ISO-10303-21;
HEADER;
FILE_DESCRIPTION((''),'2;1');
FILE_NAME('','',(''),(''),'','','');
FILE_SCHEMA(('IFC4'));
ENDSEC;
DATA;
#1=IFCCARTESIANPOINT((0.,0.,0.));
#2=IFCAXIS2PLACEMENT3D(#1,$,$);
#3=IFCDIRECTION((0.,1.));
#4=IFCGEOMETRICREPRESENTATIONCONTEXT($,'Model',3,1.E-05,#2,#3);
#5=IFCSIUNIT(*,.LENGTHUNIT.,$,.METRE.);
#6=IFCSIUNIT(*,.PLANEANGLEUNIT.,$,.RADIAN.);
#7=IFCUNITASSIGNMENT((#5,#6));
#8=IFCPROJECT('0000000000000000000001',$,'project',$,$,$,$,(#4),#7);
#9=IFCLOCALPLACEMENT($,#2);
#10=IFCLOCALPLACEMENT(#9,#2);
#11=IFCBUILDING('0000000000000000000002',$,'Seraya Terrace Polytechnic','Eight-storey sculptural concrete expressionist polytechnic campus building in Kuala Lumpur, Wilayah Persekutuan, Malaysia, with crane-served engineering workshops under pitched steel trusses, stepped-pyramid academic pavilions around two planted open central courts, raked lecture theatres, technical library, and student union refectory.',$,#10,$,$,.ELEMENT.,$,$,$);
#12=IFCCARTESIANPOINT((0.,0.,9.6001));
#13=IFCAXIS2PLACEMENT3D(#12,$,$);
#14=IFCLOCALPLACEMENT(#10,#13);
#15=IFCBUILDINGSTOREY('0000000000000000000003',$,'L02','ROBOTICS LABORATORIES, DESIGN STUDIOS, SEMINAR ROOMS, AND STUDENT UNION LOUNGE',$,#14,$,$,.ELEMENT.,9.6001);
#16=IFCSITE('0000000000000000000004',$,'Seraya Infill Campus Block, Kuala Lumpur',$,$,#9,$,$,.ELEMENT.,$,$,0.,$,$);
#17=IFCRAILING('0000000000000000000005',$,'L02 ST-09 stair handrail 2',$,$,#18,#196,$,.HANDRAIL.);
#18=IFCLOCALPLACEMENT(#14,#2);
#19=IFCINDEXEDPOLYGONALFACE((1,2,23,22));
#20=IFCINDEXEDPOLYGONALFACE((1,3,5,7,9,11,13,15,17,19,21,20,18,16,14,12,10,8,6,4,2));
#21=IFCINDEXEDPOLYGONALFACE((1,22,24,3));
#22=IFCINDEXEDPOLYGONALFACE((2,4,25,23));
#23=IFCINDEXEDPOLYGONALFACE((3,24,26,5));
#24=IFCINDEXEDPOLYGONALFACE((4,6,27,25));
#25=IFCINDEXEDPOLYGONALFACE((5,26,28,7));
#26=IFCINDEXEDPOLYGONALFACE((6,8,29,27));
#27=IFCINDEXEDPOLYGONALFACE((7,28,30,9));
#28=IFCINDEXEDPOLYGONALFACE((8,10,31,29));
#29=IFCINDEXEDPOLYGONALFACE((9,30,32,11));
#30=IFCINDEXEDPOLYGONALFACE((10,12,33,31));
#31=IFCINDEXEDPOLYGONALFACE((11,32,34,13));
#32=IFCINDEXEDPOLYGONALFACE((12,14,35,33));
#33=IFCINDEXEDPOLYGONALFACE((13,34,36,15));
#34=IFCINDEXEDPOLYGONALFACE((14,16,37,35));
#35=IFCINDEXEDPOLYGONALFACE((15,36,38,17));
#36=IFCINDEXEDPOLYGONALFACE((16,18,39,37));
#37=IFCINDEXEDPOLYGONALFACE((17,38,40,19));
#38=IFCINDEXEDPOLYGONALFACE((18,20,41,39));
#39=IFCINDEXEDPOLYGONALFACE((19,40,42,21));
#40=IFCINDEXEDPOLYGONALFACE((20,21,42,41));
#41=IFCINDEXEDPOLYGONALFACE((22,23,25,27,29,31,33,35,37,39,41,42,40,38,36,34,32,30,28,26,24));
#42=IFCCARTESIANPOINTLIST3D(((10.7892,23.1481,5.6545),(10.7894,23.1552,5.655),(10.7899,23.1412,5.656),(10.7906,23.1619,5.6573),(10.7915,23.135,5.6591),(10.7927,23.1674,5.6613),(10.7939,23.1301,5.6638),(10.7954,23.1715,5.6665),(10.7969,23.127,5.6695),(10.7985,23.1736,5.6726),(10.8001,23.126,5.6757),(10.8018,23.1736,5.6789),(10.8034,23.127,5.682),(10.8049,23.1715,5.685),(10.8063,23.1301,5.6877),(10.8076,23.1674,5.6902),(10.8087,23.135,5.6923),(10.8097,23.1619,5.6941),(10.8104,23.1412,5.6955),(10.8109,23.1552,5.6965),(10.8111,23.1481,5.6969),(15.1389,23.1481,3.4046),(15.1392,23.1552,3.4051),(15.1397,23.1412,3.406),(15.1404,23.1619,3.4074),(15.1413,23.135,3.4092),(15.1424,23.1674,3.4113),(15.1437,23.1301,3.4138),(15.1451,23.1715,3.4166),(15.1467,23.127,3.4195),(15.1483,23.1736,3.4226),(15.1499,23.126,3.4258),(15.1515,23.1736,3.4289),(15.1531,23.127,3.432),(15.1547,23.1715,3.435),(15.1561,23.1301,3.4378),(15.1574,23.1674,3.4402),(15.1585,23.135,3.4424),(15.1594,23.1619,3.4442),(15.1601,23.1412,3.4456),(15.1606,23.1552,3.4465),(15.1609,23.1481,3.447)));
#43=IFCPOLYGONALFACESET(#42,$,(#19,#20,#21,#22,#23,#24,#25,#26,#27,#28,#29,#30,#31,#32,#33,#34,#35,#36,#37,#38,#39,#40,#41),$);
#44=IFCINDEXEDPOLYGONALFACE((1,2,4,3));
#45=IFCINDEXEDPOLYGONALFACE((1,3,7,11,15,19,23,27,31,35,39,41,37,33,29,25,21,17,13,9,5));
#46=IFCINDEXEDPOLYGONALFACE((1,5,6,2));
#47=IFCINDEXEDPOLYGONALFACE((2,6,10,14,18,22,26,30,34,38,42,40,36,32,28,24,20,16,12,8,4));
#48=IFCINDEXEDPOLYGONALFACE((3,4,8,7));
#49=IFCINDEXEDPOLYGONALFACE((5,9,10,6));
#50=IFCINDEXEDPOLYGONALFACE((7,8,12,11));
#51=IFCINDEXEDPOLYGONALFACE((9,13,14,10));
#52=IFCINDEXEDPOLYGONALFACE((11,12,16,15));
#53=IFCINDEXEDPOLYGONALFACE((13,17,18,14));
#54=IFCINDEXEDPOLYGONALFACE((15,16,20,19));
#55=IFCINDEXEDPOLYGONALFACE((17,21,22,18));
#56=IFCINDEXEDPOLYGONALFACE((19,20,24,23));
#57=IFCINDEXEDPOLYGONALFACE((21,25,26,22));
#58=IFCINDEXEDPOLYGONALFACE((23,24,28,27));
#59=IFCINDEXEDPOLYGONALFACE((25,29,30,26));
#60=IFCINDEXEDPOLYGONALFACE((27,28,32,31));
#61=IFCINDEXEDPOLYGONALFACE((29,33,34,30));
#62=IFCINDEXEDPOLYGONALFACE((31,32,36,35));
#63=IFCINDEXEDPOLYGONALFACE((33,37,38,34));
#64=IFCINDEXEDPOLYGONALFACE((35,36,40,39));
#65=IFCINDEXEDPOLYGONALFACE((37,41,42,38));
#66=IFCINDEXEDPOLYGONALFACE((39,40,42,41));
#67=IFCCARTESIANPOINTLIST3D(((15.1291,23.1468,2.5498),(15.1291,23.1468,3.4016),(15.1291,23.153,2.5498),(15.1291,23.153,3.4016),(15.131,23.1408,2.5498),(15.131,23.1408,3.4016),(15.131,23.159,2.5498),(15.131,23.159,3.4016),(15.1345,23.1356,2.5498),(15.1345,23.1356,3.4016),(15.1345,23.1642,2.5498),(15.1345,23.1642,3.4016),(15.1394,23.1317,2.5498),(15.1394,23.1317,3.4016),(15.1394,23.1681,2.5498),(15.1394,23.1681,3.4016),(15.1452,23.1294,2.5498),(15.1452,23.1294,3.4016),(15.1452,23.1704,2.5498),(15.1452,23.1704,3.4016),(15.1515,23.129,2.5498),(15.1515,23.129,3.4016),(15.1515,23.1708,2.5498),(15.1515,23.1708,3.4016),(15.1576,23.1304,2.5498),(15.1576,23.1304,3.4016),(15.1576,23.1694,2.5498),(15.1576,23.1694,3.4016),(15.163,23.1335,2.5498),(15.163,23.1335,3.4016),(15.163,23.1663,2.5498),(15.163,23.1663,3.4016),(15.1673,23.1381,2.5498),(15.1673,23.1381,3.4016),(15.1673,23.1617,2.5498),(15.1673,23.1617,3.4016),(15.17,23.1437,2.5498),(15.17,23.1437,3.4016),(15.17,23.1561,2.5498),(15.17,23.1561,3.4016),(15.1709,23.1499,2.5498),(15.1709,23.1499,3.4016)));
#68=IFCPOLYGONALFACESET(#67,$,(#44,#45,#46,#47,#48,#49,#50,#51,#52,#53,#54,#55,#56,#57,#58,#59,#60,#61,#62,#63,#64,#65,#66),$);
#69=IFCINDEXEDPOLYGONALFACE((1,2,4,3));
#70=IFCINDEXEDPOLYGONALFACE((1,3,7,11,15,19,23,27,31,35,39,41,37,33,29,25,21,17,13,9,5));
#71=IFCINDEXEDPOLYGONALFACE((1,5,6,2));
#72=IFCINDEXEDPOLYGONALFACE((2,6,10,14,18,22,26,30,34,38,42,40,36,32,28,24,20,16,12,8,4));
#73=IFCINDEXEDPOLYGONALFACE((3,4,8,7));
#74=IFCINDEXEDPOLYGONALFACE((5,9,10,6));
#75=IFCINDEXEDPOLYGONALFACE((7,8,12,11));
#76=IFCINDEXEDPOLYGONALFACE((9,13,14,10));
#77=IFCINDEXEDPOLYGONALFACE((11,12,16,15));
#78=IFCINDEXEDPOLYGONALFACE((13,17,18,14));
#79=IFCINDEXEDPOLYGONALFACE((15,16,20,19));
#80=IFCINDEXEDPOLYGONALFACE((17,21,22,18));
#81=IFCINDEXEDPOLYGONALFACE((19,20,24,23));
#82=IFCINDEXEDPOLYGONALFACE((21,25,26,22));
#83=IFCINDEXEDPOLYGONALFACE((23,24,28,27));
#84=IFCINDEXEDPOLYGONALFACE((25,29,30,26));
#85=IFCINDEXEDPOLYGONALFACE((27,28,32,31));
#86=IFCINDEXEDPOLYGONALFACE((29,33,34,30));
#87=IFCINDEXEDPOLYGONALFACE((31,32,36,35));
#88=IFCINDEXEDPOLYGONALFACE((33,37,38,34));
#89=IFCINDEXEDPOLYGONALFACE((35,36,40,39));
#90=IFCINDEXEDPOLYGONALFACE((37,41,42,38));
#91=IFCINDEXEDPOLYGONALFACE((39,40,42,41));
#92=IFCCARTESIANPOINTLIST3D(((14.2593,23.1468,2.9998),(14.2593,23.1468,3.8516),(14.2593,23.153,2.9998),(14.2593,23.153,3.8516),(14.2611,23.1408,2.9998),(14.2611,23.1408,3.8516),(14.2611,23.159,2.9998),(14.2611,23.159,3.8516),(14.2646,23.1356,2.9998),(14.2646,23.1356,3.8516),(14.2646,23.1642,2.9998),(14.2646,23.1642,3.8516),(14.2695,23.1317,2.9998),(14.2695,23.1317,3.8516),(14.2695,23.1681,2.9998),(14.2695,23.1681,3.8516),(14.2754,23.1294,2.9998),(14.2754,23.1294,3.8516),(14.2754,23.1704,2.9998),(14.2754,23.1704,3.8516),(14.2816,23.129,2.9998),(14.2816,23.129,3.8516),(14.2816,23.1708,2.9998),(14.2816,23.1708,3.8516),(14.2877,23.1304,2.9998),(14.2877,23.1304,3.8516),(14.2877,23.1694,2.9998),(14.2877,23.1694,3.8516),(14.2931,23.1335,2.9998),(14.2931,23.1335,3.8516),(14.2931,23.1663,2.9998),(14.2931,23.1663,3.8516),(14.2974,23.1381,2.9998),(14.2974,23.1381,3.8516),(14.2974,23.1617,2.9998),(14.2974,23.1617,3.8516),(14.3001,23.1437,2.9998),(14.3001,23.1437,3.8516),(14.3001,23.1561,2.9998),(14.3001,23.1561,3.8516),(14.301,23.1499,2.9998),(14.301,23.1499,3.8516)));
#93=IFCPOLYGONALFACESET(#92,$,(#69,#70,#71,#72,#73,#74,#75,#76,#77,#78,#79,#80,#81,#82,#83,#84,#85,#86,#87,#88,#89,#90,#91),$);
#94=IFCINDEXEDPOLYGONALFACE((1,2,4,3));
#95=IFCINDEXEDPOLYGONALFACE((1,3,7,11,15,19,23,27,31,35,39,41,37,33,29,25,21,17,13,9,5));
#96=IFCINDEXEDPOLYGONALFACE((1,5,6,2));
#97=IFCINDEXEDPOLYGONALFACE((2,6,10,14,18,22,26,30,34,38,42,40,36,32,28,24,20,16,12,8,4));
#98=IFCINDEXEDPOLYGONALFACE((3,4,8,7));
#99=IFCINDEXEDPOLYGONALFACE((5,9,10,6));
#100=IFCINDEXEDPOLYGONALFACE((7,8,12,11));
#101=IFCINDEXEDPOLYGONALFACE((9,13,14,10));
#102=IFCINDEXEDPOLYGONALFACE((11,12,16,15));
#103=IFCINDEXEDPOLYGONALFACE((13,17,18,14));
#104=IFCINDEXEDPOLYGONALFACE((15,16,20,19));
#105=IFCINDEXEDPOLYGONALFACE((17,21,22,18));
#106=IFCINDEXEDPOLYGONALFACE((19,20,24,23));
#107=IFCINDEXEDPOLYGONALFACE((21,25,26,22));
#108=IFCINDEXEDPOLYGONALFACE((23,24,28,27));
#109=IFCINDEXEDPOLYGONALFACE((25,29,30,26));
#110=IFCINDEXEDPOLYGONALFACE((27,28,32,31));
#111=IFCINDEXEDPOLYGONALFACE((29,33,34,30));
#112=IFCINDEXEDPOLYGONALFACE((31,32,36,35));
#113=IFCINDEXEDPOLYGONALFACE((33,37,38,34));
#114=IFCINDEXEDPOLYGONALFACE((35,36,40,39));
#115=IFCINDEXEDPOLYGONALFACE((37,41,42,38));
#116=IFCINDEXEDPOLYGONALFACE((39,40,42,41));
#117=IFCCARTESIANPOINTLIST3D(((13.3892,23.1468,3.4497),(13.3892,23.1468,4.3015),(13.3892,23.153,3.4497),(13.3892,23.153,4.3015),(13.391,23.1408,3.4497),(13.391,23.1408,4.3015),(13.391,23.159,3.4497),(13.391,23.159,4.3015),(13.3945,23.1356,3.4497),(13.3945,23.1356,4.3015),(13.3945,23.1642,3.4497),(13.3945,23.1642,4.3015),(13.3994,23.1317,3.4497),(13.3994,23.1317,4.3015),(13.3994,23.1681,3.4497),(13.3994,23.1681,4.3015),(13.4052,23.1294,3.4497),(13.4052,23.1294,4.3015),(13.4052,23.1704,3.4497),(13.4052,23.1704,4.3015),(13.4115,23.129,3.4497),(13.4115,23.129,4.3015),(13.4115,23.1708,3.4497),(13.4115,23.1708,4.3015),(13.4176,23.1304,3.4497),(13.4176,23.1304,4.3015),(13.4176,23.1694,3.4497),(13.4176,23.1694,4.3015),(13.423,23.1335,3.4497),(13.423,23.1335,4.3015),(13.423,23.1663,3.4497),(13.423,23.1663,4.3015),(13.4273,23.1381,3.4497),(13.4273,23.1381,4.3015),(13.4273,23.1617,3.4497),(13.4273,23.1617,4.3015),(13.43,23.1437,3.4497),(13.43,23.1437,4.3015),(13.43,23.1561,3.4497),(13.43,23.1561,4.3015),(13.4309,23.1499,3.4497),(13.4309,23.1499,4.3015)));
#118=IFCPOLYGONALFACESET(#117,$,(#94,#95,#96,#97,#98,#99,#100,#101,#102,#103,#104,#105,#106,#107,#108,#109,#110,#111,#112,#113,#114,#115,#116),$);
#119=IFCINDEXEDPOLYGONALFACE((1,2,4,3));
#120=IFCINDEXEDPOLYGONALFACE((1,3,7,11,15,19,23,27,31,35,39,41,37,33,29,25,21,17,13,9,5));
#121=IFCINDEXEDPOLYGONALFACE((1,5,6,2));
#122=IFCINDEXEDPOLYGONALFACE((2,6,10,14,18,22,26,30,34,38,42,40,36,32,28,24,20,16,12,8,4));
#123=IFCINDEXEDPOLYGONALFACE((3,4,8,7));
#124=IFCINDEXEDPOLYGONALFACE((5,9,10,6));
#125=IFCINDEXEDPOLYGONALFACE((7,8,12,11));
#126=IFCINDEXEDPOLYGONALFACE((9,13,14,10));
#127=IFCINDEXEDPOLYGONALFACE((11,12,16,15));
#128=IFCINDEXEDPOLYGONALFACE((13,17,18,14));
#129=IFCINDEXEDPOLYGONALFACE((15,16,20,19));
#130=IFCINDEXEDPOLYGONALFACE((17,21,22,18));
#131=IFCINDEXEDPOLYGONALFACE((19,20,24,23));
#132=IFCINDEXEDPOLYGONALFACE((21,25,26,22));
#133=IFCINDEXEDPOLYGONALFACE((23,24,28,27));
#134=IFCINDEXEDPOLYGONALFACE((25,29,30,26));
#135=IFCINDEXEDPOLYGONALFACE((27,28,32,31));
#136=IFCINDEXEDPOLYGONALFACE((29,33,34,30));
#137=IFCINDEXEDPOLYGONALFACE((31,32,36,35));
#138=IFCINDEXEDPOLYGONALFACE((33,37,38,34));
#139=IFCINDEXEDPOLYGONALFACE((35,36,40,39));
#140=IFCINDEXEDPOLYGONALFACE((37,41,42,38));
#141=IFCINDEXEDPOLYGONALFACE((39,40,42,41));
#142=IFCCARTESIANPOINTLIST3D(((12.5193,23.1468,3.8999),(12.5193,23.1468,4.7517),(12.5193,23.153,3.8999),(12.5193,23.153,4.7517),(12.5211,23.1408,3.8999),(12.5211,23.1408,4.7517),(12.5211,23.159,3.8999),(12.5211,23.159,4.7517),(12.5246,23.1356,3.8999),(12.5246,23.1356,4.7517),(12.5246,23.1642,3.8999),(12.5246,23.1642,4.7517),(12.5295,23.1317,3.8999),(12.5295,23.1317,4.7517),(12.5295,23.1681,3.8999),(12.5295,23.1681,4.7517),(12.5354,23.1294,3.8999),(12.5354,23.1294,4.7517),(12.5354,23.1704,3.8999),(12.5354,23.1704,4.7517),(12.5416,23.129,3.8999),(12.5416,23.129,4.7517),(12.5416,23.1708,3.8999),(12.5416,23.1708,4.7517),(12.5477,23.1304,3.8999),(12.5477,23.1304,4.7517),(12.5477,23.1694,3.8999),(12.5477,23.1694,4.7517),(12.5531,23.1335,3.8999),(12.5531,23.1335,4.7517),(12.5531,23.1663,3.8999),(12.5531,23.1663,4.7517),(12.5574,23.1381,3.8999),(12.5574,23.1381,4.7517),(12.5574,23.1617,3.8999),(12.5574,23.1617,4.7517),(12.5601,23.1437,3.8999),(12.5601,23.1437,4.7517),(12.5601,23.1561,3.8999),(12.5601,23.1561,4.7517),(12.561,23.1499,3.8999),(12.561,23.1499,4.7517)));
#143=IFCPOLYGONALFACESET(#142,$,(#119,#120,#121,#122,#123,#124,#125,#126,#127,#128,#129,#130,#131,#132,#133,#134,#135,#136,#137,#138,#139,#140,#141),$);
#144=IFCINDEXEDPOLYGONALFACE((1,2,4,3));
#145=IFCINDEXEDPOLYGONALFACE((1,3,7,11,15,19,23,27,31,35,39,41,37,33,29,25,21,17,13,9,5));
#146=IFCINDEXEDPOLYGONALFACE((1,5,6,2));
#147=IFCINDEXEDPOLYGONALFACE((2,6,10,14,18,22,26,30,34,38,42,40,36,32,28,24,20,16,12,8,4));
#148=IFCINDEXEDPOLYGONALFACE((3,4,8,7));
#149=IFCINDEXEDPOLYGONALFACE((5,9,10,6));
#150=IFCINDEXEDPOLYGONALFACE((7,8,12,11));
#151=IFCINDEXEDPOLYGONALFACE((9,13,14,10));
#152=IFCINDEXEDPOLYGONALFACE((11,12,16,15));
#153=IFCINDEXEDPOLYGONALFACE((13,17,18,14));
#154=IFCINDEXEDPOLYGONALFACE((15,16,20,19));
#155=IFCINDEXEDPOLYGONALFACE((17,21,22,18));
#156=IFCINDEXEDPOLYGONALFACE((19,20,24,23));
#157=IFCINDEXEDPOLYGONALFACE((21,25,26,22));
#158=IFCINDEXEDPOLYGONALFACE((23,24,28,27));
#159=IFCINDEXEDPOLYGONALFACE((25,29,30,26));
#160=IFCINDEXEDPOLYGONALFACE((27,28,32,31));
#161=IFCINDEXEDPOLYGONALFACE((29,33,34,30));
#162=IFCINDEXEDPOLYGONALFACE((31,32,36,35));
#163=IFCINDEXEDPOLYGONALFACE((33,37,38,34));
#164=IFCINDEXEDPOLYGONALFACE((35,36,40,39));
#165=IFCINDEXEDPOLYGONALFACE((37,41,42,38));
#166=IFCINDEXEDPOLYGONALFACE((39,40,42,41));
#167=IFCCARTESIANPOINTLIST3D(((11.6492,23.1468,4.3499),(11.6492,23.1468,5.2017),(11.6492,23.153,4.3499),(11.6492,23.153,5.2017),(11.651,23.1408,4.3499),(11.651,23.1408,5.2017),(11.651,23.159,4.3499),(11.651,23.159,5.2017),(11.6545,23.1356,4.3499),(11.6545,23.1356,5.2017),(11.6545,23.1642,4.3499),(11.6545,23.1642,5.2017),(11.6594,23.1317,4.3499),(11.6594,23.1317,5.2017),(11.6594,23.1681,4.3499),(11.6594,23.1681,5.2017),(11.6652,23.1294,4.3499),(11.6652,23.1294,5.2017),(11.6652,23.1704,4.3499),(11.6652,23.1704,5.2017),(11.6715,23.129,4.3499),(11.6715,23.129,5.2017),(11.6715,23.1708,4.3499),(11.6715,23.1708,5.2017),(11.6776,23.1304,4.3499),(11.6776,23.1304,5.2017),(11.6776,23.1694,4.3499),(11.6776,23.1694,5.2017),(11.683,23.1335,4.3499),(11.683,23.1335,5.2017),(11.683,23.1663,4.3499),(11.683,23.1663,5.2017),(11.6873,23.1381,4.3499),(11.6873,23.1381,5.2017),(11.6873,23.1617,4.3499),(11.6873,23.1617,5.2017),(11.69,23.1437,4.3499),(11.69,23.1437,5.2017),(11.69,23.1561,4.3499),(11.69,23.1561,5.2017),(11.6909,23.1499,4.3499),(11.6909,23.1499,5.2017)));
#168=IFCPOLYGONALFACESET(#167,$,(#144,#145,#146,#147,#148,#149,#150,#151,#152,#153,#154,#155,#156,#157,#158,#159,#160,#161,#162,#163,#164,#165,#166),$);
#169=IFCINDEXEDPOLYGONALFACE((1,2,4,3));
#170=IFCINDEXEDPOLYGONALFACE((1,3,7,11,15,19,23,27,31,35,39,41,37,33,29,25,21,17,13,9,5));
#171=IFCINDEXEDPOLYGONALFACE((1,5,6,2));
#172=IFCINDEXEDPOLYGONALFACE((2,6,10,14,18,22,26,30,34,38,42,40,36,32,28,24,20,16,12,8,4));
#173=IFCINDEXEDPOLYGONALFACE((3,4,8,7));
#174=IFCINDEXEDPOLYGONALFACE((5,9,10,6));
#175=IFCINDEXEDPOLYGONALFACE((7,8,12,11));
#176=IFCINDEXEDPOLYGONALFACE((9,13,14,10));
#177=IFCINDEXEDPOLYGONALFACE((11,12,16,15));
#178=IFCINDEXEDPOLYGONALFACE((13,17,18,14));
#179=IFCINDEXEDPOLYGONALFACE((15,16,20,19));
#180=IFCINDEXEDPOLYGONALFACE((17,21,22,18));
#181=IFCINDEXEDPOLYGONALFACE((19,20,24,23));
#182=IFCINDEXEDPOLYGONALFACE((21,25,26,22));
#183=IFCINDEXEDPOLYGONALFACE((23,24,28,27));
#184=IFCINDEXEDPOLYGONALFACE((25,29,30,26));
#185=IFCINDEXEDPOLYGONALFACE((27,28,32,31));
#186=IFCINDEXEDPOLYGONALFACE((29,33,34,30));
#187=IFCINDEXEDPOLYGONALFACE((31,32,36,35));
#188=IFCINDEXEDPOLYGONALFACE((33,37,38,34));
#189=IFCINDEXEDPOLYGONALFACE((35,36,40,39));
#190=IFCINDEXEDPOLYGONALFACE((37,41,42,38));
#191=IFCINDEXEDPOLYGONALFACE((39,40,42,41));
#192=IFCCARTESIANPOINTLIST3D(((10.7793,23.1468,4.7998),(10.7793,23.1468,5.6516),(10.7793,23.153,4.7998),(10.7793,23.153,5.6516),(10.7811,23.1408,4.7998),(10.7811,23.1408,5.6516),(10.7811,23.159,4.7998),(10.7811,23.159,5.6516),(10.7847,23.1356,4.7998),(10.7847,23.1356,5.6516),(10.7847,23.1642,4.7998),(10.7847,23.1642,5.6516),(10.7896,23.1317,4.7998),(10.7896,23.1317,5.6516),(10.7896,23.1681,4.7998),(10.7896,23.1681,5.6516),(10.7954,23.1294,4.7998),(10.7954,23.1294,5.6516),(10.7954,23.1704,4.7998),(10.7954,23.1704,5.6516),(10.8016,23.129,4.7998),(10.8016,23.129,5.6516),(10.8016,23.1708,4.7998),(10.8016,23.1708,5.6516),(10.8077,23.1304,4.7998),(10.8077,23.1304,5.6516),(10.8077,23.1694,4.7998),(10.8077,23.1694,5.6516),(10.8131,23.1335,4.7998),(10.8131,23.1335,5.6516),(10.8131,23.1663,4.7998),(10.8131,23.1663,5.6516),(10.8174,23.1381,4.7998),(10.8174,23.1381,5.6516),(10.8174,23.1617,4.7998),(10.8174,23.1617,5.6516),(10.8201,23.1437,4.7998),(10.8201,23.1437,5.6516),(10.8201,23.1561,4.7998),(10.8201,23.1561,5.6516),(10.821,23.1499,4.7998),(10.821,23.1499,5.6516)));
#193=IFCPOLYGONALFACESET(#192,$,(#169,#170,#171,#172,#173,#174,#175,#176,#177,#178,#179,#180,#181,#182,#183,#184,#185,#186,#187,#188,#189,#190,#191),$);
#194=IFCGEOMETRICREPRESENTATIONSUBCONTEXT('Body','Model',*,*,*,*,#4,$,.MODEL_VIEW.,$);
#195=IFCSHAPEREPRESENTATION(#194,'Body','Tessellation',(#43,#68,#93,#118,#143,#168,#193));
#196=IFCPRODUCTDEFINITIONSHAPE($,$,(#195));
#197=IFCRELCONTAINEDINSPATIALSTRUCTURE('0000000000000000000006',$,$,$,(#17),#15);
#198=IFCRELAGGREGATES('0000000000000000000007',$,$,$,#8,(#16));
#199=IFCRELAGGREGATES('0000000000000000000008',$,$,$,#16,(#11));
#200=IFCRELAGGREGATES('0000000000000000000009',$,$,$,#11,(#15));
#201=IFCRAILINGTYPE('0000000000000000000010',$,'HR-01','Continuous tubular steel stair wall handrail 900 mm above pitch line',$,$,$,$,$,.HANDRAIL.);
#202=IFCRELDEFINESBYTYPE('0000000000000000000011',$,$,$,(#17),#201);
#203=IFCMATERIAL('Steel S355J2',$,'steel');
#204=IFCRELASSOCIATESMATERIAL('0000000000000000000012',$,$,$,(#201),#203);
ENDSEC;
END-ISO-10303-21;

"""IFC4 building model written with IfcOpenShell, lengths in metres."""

from ifc_helpers import new_model, si_unit, direction, frame, origin, origin_2d, place, context, subcontext, project, spatial, circle, extrude, material, type_object, element, save


model = new_model("IFC4")

# Units and contexts
model_context = context("Model", 3, precision=1e-05, world=origin(), true_north=direction((0.0, 1.0)))
body_context = subcontext(model_context, "Body", "Model", "MODEL_VIEW")
ifc_project = project(units=[si_unit("LENGTHUNIT", "METRE"), si_unit("PLANEANGLEUNIT", "RADIAN")], contexts=[model_context])

# Site, building, storey
site_placement = place(None, origin())
site = spatial("IfcSite", under=ifc_project, at=site_placement, Name="Seraya Infill Campus Block, Kuala Lumpur", CompositionType="ELEMENT", RefElevation=0.0)
building_placement = place(site_placement, origin())
building = spatial("IfcBuilding", under=site, at=building_placement, Name="Seraya Terrace Polytechnic", Description="Eight-storey sculptural concrete expressionist polytechnic campus building in Kuala Lumpur, Wilayah Persekutuan, Malaysia, with crane-served engineering workshops under pitched steel trusses, stepped-pyramid academic pavilions around two planted open central courts, raked lecture theatres, technical library, and student union refectory.", CompositionType="ELEMENT")
storey_placement = place(building_placement, frame((0.0, 0.0, 9.6001)))
storey = spatial("IfcBuildingStorey", under=building, at=storey_placement, Name="L02", Description="ROBOTICS LABORATORIES, DESIGN STUDIOS, SEMINAR ROOMS, AND STUDENT UNION LOUNGE", CompositionType="ELEMENT", Elevation=9.6001)

# Railing
ifc_material_1 = material(Name="Steel S355J2", Category="steel")
railing_type_1 = type_object("IfcRailingType", Name="HR-01", Description="Continuous tubular steel stair wall handrail 900 mm above pitch line", PredefinedType="HANDRAIL", material=ifc_material_1)
railing_1_placement = place(storey_placement, frame((15.1499, 23.1499, 2.5498)))
element("IfcRailing", 1, at=railing_1_placement, inside=storey, type_object=railing_type_1, Name="L02 ST-09 stair handrail 2", PredefinedType="HANDRAIL", context=body_context, shape_type="SweptSolid", body=[
    extrude(circle(Radius=0.0239, at=origin_2d()), frame((0.0, 0.0, 0.876), z_axis=(-0.888211, 0.0, 0.459435), x_axis=(0.0, -1.0, 0.0)), (0.0, 0.0, 1.0), 4.8972),
    extrude(circle(Radius=0.021, at=origin_2d()), origin(), (0.0, 0.0, 1.0), 0.8518),
    extrude(circle(Radius=0.021, at=origin_2d()), frame((-0.8699, 0.0, 0.45)), (0.0, 0.0, 1.0), 0.8518),
    extrude(circle(Radius=0.021, at=origin_2d()), frame((-1.74, 0.0, 0.8999)), (0.0, 0.0, 1.0), 0.8518),
    extrude(circle(Radius=0.021, at=origin_2d()), frame((-2.6099, 0.0, 1.3501)), (0.0, 0.0, 1.0), 0.8518),
    extrude(circle(Radius=0.021, at=origin_2d()), frame((-3.48, 0.0, 1.8)), (0.0, 0.0, 1.0), 0.8518),
    extrude(circle(Radius=0.021, at=origin_2d()), frame((-4.3499, 0.0, 2.25)), (0.0, 0.0, 1.0), 0.8518),
])

save(model, "model.ifc")
